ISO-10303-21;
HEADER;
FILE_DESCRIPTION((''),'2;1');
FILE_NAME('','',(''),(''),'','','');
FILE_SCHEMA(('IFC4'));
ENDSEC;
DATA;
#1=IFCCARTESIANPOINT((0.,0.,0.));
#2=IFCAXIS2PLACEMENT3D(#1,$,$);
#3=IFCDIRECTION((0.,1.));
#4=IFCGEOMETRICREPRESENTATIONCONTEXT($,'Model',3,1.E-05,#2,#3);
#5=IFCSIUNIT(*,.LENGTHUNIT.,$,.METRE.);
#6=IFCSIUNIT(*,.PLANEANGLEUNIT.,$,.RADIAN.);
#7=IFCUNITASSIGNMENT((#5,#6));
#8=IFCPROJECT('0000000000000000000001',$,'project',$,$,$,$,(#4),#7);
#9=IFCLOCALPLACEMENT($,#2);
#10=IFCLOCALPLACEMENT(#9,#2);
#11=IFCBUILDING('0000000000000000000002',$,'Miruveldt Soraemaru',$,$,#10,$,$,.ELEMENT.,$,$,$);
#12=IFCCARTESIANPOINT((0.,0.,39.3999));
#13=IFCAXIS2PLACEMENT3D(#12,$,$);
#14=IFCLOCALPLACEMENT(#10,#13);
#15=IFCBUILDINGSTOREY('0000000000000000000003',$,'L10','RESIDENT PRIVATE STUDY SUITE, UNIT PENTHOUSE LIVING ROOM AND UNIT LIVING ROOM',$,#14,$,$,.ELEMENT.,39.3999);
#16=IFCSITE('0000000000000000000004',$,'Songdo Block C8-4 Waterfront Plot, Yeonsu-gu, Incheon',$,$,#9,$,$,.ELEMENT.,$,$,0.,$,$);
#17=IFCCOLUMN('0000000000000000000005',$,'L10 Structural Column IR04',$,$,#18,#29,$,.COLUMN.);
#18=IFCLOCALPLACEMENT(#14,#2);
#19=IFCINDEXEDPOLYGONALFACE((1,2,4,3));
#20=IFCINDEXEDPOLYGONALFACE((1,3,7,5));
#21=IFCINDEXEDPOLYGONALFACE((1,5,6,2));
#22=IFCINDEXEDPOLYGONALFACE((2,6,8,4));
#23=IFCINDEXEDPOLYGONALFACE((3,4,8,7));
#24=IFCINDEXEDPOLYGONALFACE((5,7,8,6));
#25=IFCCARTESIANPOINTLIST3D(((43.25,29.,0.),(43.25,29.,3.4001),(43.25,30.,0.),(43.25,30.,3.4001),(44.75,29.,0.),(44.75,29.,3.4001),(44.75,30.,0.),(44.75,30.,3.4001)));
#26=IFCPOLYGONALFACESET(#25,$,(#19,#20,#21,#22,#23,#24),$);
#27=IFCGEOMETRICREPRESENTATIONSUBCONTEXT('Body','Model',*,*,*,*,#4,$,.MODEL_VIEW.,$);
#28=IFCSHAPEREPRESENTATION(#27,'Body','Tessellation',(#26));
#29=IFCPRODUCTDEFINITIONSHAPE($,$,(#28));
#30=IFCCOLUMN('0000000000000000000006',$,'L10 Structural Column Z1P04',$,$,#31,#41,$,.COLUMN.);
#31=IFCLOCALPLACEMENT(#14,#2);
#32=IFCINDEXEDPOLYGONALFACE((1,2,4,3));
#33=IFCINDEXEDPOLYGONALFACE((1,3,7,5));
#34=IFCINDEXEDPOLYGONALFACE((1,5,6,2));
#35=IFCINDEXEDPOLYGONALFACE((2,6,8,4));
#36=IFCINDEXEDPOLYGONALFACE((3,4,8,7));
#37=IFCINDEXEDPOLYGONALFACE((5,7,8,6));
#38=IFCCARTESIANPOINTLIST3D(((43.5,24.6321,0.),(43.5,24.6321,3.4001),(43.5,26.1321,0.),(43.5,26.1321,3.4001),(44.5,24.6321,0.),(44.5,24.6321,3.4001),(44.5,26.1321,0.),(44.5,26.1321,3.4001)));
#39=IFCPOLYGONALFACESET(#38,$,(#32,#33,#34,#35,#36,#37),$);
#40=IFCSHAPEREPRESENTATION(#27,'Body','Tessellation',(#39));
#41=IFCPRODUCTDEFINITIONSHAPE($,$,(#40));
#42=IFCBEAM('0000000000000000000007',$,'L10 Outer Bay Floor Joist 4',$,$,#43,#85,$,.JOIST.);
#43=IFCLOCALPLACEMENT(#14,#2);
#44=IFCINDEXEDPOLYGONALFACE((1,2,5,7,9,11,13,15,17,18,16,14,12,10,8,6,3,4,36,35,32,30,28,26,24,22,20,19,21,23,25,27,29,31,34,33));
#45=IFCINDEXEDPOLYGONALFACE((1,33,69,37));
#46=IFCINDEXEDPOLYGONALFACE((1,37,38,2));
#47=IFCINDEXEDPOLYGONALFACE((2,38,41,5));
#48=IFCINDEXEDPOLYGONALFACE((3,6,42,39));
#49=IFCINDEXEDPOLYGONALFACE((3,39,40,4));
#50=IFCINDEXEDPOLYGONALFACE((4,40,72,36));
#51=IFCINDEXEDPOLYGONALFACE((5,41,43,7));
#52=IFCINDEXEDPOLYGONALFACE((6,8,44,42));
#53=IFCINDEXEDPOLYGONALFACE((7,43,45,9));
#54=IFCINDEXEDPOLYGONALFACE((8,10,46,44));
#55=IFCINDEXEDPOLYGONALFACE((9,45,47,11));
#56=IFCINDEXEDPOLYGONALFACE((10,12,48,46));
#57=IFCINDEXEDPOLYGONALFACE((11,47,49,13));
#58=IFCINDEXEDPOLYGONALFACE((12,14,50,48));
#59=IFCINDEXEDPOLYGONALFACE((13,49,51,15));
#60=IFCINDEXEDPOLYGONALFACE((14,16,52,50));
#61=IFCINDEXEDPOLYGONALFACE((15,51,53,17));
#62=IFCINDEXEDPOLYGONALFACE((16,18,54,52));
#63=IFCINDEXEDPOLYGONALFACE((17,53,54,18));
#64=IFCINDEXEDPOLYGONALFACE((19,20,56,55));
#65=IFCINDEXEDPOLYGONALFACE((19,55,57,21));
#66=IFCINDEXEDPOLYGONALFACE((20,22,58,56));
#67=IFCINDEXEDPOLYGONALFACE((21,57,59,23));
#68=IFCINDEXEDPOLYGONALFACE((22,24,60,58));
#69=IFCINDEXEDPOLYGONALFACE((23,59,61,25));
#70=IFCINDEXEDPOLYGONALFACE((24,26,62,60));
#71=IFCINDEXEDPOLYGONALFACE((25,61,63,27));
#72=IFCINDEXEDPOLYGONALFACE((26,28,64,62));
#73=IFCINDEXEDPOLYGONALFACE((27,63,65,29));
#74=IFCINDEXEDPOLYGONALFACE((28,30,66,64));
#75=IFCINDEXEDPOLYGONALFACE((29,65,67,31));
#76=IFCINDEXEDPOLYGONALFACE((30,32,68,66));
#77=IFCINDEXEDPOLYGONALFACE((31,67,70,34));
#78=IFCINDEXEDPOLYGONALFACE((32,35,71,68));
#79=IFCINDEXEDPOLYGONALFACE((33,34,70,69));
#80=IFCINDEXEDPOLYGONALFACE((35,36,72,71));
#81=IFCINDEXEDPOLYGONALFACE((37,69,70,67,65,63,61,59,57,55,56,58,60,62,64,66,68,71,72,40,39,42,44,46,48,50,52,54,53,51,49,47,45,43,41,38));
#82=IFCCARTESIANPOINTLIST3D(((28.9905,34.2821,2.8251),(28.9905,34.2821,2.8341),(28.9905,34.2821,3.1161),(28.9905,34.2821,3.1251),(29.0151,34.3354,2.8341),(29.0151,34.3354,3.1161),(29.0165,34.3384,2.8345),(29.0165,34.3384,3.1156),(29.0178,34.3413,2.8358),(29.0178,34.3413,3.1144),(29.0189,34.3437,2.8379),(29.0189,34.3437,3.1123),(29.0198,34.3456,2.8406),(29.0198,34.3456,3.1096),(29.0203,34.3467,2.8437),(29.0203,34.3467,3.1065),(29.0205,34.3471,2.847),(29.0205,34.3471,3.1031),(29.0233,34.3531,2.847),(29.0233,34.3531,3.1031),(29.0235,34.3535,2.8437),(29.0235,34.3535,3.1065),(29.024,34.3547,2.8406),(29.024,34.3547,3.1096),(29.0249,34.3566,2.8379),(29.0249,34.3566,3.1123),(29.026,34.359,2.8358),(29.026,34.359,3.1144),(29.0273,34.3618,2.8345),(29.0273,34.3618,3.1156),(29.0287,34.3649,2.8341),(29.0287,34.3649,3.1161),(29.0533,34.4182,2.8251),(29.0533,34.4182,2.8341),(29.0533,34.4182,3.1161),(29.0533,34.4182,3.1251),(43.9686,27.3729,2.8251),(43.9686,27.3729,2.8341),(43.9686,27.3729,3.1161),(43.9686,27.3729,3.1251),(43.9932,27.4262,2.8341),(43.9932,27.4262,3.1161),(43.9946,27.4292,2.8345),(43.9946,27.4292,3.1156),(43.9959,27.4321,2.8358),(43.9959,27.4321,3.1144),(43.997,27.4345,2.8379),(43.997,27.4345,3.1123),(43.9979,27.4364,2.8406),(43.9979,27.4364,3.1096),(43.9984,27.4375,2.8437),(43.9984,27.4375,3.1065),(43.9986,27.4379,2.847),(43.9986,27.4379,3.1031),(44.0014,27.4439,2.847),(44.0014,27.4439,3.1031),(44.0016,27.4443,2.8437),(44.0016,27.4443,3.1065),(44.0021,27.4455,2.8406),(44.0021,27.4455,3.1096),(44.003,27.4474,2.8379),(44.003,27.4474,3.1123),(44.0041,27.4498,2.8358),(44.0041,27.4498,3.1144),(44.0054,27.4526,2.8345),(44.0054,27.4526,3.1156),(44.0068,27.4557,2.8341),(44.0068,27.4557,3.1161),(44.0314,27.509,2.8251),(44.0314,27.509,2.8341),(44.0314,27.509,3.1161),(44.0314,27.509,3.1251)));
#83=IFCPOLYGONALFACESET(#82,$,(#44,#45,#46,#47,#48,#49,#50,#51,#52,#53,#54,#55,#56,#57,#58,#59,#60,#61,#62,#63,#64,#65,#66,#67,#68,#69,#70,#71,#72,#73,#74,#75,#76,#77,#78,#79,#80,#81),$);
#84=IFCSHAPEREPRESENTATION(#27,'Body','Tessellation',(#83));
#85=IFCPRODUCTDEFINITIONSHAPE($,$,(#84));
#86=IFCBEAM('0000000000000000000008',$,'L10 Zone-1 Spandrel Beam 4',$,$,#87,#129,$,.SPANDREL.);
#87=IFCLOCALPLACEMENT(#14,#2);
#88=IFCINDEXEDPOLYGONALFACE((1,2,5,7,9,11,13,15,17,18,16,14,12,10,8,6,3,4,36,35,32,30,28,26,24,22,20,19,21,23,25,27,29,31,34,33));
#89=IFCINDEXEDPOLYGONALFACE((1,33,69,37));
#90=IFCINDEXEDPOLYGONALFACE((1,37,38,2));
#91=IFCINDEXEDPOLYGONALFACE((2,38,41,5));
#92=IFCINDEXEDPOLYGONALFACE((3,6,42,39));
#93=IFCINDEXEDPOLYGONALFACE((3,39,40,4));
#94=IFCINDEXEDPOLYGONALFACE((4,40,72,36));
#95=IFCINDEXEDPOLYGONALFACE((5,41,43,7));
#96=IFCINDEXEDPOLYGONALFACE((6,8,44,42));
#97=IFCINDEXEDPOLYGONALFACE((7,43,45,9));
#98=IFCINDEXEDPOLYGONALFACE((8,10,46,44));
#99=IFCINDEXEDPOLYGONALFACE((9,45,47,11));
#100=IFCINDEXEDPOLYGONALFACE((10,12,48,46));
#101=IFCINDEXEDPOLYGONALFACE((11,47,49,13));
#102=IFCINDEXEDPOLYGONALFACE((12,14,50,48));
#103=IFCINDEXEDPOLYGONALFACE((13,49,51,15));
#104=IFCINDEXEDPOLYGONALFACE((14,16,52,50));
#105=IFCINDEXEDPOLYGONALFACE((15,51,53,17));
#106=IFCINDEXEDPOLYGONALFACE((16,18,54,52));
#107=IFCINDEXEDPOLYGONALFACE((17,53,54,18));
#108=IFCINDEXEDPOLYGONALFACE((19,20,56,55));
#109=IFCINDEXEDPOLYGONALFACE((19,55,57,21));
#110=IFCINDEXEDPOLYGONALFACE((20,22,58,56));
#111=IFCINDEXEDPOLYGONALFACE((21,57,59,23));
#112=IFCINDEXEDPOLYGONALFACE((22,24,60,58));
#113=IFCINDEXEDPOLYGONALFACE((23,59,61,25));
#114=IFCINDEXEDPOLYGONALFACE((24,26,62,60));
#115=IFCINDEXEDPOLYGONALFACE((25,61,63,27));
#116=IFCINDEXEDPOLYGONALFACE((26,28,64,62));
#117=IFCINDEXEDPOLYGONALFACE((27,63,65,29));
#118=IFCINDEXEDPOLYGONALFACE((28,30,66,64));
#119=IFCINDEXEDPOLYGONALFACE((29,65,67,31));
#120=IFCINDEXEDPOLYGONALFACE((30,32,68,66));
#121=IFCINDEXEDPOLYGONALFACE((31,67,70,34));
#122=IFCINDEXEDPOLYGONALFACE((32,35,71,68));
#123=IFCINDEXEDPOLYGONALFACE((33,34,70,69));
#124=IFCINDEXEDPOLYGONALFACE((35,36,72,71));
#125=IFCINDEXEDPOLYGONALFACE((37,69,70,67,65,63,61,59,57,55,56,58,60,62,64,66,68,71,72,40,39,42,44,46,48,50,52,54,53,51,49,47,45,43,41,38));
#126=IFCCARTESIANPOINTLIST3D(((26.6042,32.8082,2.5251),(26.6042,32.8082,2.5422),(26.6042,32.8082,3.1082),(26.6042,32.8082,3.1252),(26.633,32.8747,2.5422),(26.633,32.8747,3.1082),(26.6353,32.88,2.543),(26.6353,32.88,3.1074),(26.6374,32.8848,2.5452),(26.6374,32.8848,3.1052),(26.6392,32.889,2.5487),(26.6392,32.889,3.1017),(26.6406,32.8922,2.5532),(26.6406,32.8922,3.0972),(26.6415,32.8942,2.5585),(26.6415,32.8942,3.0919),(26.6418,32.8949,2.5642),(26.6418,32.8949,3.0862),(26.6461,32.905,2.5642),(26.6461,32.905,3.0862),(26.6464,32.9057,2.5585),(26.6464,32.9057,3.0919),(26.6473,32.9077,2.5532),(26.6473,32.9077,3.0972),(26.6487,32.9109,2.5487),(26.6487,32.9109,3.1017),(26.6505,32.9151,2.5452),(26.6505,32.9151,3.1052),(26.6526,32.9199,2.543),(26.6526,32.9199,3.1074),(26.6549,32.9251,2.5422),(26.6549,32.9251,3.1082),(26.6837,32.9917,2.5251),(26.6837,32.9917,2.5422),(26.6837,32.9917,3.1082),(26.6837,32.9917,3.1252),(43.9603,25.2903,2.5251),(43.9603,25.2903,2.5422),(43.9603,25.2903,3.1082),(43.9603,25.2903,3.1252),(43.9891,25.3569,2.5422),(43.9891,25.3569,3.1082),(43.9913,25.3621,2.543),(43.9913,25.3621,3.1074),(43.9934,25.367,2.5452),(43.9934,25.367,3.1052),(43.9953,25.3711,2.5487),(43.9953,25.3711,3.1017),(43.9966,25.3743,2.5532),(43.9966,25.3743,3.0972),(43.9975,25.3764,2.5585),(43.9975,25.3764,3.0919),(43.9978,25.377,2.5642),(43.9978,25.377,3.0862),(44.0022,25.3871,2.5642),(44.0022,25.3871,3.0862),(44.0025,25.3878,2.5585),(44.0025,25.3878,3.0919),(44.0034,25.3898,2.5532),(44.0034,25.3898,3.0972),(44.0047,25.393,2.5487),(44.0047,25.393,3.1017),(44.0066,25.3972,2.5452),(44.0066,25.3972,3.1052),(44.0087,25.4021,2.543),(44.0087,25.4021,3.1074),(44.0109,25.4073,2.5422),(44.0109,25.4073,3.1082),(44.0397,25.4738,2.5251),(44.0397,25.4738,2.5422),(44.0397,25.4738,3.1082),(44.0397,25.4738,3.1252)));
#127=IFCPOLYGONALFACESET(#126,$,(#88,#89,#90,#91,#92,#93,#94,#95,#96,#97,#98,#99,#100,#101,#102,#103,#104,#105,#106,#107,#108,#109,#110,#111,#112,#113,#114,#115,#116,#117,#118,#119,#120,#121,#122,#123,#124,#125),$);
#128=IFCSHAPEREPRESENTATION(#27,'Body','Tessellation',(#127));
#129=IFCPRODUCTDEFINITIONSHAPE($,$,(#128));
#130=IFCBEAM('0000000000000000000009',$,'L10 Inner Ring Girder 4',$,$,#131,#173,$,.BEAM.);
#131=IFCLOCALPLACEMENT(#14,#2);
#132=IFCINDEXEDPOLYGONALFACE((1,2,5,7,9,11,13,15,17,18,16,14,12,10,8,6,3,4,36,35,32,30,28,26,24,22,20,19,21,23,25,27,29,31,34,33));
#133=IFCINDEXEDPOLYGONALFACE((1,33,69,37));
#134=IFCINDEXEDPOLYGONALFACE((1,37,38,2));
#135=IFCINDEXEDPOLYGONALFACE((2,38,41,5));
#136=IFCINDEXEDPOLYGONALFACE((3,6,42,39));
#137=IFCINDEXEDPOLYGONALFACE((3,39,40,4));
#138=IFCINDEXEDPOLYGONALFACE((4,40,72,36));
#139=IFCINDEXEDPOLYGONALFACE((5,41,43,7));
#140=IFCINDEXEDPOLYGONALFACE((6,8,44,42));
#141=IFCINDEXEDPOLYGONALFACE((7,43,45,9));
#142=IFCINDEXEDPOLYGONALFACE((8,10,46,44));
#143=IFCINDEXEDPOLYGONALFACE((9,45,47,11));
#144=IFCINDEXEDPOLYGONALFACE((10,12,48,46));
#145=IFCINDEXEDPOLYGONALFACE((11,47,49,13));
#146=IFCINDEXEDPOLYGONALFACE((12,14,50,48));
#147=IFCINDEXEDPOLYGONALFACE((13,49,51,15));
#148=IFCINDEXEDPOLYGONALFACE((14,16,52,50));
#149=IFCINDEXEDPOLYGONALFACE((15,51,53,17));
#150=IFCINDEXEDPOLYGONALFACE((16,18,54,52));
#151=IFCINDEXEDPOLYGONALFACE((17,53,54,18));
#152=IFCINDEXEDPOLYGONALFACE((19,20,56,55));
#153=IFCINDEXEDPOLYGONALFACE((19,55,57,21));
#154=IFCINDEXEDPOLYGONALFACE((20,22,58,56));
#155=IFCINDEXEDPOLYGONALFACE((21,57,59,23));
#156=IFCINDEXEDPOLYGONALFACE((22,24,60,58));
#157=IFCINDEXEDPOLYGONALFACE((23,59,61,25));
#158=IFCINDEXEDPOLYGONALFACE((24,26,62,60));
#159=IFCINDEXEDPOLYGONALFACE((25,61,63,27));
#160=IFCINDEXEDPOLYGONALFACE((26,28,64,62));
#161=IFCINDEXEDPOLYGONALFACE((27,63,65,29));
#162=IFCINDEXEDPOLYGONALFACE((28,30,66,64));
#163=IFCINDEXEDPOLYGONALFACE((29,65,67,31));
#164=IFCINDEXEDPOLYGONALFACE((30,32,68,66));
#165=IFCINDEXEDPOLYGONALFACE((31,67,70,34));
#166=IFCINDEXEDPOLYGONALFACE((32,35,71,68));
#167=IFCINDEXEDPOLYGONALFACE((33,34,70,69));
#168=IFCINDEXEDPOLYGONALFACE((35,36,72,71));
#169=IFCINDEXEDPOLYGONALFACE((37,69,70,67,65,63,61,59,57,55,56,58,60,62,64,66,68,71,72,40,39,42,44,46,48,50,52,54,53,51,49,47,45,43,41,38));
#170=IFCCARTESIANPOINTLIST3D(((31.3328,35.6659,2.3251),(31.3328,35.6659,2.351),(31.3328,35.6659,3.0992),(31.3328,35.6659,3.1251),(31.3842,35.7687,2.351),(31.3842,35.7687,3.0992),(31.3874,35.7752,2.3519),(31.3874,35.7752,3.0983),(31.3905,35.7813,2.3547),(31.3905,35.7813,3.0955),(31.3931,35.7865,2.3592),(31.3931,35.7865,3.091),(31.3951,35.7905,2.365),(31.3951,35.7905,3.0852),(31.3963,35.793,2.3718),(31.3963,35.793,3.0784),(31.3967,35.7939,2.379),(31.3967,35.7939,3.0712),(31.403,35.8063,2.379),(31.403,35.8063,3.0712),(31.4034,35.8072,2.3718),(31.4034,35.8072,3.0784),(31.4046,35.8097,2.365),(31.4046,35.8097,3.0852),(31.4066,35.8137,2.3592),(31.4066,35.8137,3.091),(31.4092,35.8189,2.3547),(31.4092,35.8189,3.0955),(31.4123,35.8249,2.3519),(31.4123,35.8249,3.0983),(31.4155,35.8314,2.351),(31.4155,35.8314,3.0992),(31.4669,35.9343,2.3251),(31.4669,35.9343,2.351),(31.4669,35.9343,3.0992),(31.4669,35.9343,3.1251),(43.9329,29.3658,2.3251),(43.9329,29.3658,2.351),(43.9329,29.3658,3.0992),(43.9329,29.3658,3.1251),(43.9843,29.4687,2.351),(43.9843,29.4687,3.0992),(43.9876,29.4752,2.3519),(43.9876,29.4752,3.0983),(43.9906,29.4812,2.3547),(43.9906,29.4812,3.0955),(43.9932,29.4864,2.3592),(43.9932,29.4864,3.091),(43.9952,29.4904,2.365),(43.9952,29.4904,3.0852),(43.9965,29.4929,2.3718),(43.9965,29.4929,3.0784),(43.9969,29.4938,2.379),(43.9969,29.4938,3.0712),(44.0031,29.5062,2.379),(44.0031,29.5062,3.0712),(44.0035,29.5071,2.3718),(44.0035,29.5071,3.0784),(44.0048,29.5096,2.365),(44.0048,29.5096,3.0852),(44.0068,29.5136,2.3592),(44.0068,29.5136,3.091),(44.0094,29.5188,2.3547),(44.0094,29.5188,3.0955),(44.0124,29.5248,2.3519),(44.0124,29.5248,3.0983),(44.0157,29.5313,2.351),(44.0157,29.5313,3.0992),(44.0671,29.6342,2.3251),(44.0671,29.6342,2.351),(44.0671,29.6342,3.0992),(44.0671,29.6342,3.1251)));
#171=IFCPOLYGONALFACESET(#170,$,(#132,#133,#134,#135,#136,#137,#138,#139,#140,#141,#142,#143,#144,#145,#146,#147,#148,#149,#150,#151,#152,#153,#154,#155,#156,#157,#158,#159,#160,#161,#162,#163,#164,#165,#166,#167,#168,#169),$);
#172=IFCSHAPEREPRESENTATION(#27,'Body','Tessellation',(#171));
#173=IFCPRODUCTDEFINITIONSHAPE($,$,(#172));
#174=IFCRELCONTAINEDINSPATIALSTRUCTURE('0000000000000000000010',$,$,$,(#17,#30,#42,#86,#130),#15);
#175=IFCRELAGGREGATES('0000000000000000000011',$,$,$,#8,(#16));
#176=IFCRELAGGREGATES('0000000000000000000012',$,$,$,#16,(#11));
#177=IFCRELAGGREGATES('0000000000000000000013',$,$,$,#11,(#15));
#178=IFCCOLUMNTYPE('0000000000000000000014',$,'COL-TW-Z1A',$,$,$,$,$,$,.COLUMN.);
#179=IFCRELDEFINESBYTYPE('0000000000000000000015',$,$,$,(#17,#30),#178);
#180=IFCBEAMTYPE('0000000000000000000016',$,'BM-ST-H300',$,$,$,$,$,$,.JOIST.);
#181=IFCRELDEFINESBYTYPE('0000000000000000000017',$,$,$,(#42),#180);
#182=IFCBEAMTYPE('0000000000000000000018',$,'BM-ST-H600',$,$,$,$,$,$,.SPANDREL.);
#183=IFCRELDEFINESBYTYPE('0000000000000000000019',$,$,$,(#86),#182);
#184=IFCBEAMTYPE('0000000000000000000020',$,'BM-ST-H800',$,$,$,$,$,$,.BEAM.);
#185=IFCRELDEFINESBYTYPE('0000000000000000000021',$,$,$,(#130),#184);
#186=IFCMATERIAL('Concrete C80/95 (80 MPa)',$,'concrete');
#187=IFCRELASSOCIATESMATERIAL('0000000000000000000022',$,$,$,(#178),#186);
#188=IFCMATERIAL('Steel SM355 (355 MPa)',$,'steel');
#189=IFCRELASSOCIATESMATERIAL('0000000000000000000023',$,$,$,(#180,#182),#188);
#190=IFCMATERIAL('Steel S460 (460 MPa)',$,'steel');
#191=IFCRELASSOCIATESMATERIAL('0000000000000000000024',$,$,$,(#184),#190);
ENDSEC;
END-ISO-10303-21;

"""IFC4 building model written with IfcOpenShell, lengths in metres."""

from ifc_helpers import new_model, si_unit, direction, frame, origin, origin_2d, place, context, subcontext, project, spatial, rectangle, i_section, extrude, material, material_profile, profile_set, type_object, element, save


model = new_model("IFC4")

# Units and contexts
model_context = context("Model", 3, precision=1e-05, world=origin(), true_north=direction((0.0, 1.0)))
body_context = subcontext(model_context, "Body", "Model", "MODEL_VIEW")
ifc_project = project(units=[si_unit("LENGTHUNIT", "METRE"), si_unit("PLANEANGLEUNIT", "RADIAN")], contexts=[model_context])

# Site, building, storey
site_placement = place(None, origin())
site = spatial("IfcSite", under=ifc_project, at=site_placement, Name="Songdo Block C8-4 Waterfront Plot, Yeonsu-gu, Incheon", CompositionType="ELEMENT", RefElevation=0.0)
building_placement = place(site_placement, origin())
building = spatial("IfcBuilding", under=site, at=building_placement, Name="Miruveldt Soraemaru", CompositionType="ELEMENT")
storey_placement = place(building_placement, frame((0.0, 0.0, 39.3999)))
storey = spatial("IfcBuildingStorey", under=building, at=storey_placement, Name="L10", Description="RESIDENT PRIVATE STUDY SUITE, UNIT PENTHOUSE LIVING ROOM AND UNIT LIVING ROOM", CompositionType="ELEMENT", Elevation=39.3999)

# Columns
ifc_material_1 = material(Name="Concrete C80/95 (80 MPa)", Category="concrete")
ifc_material_profile_1 = material_profile(ifc_material_1, rectangle(XDim=1.5, YDim=1.0, at=origin_2d()), Name="Concrete C80/95 (80 MPa)", Category="concrete")
ifc_profile_set_1 = profile_set([ifc_material_profile_1], Name="Concrete C80/95 (80 MPa)")
column_type = type_object("IfcColumnType", Name="COL-TW-Z1A", PredefinedType="COLUMN", material=ifc_profile_set_1)
for number, where, z_axis, x_axis, name in (
    (1, (44.0, 29.5, 0.0), (0.0, 0.0, 1.0), (1.0, 0.0, 0.0), "L10 Structural Column IR04"),
    (2, (44.0, 25.3821, 0.0), (0.0, 0.0, 1.0), (0.0, 1.0, 0.0), "L10 Structural Column Z1P04"),
):
    element("IfcColumn", number, at=place(storey_placement, frame(where, z_axis=z_axis, x_axis=x_axis)), inside=storey, type_object=column_type, Name=name, PredefinedType="COLUMN", context=body_context, shape_type="SweptSolid", body=[
        extrude(rectangle(XDim=1.5, YDim=1.0, at=origin_2d()), origin(), (0.0, 0.0, 1.0), 3.4001),
    ])

# Beams
ifc_material_2 = material(Name="Steel SM355 (355 MPa)", Category="steel")
ifc_material_profile_2 = material_profile(ifc_material_2, i_section(OverallWidth=0.1499, OverallDepth=0.3, WebThickness=0.0066, FlangeThickness=0.009, FilletRadius=0.0129, at=origin_2d()), Name="Steel SM355 (355 MPa)", Category="steel")
ifc_profile_set_2 = profile_set([ifc_material_profile_2], Name="Steel SM355 (355 MPa)")
beam_type_1 = type_object("IfcBeamType", Name="BM-ST-H300", PredefinedType="JOIST", material=ifc_profile_set_2)
beam_1_placement = place(storey_placement, frame((44.0, 27.4409, 2.9751), z_axis=(-0.908046, 0.41887, 0.0), x_axis=(-0.41887, -0.908046, 0.0)))
element("IfcBeam", 3, at=beam_1_placement, inside=storey, type_object=beam_type_1, Name="L10 Outer Bay Floor Joist 4", PredefinedType="JOIST", context=body_context, shape_type="SweptSolid", body=[
    extrude(i_section(OverallWidth=0.1499, OverallDepth=0.3, WebThickness=0.0066, FlangeThickness=0.009, FilletRadius=0.0129, at=origin_2d()), origin(), (0.0, 0.0, 1.0), 16.4949),
])
ifc_material_profile_3 = material_profile(ifc_material_2, i_section(OverallWidth=0.2, OverallDepth=0.6001, WebThickness=0.011, FlangeThickness=0.0171, FilletRadius=0.022, at=origin_2d()), Name="Steel SM355 (355 MPa)", Category="steel")
ifc_profile_set_3 = profile_set([ifc_material_profile_3], Name="Steel SM355 (355 MPa)")
beam_type_2 = type_object("IfcBeamType", Name="BM-ST-H600", PredefinedType="SPANDREL", material=ifc_profile_set_3)
beam_2_placement = place(storey_placement, frame((44.0, 25.3821, 2.8252), z_axis=(-0.917615, 0.39747, 0.0), x_axis=(-0.39747, -0.917615, 0.0)))
element("IfcBeam", 4, at=beam_2_placement, inside=storey, type_object=beam_type_2, Name="L10 Zone-1 Spandrel Beam 4", PredefinedType="SPANDREL", context=body_context, shape_type="SweptSolid", body=[
    extrude(i_section(OverallWidth=0.2, OverallDepth=0.6001, WebThickness=0.011, FlangeThickness=0.0171, FilletRadius=0.022, at=origin_2d()), origin(), (0.0, 0.0, 1.0), 18.9143),
])
ifc_material_3 = material(Name="Steel S460 (460 MPa)", Category="steel")
ifc_material_profile_4 = material_profile(ifc_material_3, i_section(OverallWidth=0.3, OverallDepth=0.8, WebThickness=0.0139, FlangeThickness=0.0259, FilletRadius=0.0281, at=origin_2d()), Name="Steel S460 (460 MPa)", Category="steel")
ifc_profile_set_4 = profile_set([ifc_material_profile_4], Name="Steel S460 (460 MPa)")
beam_type_3 = type_object("IfcBeamType", Name="BM-ST-H800", PredefinedType="BEAM", material=ifc_profile_set_4)
beam_3_placement = place(storey_placement, frame((44.0, 29.5, 2.7251), z_axis=(-0.894427, 0.447214, 0.0), x_axis=(-0.447214, -0.894427, 0.0)))
element("IfcBeam", 5, at=beam_3_placement, inside=storey, type_object=beam_type_3, Name="L10 Inner Ring Girder 4", PredefinedType="BEAM", context=body_context, shape_type="SweptSolid", body=[
    extrude(i_section(OverallWidth=0.3, OverallDepth=0.8, WebThickness=0.0139, FlangeThickness=0.0259, FilletRadius=0.0281, at=origin_2d()), origin(), (0.0, 0.0, 1.0), 14.0874),
])

save(model, "model.ifc")
